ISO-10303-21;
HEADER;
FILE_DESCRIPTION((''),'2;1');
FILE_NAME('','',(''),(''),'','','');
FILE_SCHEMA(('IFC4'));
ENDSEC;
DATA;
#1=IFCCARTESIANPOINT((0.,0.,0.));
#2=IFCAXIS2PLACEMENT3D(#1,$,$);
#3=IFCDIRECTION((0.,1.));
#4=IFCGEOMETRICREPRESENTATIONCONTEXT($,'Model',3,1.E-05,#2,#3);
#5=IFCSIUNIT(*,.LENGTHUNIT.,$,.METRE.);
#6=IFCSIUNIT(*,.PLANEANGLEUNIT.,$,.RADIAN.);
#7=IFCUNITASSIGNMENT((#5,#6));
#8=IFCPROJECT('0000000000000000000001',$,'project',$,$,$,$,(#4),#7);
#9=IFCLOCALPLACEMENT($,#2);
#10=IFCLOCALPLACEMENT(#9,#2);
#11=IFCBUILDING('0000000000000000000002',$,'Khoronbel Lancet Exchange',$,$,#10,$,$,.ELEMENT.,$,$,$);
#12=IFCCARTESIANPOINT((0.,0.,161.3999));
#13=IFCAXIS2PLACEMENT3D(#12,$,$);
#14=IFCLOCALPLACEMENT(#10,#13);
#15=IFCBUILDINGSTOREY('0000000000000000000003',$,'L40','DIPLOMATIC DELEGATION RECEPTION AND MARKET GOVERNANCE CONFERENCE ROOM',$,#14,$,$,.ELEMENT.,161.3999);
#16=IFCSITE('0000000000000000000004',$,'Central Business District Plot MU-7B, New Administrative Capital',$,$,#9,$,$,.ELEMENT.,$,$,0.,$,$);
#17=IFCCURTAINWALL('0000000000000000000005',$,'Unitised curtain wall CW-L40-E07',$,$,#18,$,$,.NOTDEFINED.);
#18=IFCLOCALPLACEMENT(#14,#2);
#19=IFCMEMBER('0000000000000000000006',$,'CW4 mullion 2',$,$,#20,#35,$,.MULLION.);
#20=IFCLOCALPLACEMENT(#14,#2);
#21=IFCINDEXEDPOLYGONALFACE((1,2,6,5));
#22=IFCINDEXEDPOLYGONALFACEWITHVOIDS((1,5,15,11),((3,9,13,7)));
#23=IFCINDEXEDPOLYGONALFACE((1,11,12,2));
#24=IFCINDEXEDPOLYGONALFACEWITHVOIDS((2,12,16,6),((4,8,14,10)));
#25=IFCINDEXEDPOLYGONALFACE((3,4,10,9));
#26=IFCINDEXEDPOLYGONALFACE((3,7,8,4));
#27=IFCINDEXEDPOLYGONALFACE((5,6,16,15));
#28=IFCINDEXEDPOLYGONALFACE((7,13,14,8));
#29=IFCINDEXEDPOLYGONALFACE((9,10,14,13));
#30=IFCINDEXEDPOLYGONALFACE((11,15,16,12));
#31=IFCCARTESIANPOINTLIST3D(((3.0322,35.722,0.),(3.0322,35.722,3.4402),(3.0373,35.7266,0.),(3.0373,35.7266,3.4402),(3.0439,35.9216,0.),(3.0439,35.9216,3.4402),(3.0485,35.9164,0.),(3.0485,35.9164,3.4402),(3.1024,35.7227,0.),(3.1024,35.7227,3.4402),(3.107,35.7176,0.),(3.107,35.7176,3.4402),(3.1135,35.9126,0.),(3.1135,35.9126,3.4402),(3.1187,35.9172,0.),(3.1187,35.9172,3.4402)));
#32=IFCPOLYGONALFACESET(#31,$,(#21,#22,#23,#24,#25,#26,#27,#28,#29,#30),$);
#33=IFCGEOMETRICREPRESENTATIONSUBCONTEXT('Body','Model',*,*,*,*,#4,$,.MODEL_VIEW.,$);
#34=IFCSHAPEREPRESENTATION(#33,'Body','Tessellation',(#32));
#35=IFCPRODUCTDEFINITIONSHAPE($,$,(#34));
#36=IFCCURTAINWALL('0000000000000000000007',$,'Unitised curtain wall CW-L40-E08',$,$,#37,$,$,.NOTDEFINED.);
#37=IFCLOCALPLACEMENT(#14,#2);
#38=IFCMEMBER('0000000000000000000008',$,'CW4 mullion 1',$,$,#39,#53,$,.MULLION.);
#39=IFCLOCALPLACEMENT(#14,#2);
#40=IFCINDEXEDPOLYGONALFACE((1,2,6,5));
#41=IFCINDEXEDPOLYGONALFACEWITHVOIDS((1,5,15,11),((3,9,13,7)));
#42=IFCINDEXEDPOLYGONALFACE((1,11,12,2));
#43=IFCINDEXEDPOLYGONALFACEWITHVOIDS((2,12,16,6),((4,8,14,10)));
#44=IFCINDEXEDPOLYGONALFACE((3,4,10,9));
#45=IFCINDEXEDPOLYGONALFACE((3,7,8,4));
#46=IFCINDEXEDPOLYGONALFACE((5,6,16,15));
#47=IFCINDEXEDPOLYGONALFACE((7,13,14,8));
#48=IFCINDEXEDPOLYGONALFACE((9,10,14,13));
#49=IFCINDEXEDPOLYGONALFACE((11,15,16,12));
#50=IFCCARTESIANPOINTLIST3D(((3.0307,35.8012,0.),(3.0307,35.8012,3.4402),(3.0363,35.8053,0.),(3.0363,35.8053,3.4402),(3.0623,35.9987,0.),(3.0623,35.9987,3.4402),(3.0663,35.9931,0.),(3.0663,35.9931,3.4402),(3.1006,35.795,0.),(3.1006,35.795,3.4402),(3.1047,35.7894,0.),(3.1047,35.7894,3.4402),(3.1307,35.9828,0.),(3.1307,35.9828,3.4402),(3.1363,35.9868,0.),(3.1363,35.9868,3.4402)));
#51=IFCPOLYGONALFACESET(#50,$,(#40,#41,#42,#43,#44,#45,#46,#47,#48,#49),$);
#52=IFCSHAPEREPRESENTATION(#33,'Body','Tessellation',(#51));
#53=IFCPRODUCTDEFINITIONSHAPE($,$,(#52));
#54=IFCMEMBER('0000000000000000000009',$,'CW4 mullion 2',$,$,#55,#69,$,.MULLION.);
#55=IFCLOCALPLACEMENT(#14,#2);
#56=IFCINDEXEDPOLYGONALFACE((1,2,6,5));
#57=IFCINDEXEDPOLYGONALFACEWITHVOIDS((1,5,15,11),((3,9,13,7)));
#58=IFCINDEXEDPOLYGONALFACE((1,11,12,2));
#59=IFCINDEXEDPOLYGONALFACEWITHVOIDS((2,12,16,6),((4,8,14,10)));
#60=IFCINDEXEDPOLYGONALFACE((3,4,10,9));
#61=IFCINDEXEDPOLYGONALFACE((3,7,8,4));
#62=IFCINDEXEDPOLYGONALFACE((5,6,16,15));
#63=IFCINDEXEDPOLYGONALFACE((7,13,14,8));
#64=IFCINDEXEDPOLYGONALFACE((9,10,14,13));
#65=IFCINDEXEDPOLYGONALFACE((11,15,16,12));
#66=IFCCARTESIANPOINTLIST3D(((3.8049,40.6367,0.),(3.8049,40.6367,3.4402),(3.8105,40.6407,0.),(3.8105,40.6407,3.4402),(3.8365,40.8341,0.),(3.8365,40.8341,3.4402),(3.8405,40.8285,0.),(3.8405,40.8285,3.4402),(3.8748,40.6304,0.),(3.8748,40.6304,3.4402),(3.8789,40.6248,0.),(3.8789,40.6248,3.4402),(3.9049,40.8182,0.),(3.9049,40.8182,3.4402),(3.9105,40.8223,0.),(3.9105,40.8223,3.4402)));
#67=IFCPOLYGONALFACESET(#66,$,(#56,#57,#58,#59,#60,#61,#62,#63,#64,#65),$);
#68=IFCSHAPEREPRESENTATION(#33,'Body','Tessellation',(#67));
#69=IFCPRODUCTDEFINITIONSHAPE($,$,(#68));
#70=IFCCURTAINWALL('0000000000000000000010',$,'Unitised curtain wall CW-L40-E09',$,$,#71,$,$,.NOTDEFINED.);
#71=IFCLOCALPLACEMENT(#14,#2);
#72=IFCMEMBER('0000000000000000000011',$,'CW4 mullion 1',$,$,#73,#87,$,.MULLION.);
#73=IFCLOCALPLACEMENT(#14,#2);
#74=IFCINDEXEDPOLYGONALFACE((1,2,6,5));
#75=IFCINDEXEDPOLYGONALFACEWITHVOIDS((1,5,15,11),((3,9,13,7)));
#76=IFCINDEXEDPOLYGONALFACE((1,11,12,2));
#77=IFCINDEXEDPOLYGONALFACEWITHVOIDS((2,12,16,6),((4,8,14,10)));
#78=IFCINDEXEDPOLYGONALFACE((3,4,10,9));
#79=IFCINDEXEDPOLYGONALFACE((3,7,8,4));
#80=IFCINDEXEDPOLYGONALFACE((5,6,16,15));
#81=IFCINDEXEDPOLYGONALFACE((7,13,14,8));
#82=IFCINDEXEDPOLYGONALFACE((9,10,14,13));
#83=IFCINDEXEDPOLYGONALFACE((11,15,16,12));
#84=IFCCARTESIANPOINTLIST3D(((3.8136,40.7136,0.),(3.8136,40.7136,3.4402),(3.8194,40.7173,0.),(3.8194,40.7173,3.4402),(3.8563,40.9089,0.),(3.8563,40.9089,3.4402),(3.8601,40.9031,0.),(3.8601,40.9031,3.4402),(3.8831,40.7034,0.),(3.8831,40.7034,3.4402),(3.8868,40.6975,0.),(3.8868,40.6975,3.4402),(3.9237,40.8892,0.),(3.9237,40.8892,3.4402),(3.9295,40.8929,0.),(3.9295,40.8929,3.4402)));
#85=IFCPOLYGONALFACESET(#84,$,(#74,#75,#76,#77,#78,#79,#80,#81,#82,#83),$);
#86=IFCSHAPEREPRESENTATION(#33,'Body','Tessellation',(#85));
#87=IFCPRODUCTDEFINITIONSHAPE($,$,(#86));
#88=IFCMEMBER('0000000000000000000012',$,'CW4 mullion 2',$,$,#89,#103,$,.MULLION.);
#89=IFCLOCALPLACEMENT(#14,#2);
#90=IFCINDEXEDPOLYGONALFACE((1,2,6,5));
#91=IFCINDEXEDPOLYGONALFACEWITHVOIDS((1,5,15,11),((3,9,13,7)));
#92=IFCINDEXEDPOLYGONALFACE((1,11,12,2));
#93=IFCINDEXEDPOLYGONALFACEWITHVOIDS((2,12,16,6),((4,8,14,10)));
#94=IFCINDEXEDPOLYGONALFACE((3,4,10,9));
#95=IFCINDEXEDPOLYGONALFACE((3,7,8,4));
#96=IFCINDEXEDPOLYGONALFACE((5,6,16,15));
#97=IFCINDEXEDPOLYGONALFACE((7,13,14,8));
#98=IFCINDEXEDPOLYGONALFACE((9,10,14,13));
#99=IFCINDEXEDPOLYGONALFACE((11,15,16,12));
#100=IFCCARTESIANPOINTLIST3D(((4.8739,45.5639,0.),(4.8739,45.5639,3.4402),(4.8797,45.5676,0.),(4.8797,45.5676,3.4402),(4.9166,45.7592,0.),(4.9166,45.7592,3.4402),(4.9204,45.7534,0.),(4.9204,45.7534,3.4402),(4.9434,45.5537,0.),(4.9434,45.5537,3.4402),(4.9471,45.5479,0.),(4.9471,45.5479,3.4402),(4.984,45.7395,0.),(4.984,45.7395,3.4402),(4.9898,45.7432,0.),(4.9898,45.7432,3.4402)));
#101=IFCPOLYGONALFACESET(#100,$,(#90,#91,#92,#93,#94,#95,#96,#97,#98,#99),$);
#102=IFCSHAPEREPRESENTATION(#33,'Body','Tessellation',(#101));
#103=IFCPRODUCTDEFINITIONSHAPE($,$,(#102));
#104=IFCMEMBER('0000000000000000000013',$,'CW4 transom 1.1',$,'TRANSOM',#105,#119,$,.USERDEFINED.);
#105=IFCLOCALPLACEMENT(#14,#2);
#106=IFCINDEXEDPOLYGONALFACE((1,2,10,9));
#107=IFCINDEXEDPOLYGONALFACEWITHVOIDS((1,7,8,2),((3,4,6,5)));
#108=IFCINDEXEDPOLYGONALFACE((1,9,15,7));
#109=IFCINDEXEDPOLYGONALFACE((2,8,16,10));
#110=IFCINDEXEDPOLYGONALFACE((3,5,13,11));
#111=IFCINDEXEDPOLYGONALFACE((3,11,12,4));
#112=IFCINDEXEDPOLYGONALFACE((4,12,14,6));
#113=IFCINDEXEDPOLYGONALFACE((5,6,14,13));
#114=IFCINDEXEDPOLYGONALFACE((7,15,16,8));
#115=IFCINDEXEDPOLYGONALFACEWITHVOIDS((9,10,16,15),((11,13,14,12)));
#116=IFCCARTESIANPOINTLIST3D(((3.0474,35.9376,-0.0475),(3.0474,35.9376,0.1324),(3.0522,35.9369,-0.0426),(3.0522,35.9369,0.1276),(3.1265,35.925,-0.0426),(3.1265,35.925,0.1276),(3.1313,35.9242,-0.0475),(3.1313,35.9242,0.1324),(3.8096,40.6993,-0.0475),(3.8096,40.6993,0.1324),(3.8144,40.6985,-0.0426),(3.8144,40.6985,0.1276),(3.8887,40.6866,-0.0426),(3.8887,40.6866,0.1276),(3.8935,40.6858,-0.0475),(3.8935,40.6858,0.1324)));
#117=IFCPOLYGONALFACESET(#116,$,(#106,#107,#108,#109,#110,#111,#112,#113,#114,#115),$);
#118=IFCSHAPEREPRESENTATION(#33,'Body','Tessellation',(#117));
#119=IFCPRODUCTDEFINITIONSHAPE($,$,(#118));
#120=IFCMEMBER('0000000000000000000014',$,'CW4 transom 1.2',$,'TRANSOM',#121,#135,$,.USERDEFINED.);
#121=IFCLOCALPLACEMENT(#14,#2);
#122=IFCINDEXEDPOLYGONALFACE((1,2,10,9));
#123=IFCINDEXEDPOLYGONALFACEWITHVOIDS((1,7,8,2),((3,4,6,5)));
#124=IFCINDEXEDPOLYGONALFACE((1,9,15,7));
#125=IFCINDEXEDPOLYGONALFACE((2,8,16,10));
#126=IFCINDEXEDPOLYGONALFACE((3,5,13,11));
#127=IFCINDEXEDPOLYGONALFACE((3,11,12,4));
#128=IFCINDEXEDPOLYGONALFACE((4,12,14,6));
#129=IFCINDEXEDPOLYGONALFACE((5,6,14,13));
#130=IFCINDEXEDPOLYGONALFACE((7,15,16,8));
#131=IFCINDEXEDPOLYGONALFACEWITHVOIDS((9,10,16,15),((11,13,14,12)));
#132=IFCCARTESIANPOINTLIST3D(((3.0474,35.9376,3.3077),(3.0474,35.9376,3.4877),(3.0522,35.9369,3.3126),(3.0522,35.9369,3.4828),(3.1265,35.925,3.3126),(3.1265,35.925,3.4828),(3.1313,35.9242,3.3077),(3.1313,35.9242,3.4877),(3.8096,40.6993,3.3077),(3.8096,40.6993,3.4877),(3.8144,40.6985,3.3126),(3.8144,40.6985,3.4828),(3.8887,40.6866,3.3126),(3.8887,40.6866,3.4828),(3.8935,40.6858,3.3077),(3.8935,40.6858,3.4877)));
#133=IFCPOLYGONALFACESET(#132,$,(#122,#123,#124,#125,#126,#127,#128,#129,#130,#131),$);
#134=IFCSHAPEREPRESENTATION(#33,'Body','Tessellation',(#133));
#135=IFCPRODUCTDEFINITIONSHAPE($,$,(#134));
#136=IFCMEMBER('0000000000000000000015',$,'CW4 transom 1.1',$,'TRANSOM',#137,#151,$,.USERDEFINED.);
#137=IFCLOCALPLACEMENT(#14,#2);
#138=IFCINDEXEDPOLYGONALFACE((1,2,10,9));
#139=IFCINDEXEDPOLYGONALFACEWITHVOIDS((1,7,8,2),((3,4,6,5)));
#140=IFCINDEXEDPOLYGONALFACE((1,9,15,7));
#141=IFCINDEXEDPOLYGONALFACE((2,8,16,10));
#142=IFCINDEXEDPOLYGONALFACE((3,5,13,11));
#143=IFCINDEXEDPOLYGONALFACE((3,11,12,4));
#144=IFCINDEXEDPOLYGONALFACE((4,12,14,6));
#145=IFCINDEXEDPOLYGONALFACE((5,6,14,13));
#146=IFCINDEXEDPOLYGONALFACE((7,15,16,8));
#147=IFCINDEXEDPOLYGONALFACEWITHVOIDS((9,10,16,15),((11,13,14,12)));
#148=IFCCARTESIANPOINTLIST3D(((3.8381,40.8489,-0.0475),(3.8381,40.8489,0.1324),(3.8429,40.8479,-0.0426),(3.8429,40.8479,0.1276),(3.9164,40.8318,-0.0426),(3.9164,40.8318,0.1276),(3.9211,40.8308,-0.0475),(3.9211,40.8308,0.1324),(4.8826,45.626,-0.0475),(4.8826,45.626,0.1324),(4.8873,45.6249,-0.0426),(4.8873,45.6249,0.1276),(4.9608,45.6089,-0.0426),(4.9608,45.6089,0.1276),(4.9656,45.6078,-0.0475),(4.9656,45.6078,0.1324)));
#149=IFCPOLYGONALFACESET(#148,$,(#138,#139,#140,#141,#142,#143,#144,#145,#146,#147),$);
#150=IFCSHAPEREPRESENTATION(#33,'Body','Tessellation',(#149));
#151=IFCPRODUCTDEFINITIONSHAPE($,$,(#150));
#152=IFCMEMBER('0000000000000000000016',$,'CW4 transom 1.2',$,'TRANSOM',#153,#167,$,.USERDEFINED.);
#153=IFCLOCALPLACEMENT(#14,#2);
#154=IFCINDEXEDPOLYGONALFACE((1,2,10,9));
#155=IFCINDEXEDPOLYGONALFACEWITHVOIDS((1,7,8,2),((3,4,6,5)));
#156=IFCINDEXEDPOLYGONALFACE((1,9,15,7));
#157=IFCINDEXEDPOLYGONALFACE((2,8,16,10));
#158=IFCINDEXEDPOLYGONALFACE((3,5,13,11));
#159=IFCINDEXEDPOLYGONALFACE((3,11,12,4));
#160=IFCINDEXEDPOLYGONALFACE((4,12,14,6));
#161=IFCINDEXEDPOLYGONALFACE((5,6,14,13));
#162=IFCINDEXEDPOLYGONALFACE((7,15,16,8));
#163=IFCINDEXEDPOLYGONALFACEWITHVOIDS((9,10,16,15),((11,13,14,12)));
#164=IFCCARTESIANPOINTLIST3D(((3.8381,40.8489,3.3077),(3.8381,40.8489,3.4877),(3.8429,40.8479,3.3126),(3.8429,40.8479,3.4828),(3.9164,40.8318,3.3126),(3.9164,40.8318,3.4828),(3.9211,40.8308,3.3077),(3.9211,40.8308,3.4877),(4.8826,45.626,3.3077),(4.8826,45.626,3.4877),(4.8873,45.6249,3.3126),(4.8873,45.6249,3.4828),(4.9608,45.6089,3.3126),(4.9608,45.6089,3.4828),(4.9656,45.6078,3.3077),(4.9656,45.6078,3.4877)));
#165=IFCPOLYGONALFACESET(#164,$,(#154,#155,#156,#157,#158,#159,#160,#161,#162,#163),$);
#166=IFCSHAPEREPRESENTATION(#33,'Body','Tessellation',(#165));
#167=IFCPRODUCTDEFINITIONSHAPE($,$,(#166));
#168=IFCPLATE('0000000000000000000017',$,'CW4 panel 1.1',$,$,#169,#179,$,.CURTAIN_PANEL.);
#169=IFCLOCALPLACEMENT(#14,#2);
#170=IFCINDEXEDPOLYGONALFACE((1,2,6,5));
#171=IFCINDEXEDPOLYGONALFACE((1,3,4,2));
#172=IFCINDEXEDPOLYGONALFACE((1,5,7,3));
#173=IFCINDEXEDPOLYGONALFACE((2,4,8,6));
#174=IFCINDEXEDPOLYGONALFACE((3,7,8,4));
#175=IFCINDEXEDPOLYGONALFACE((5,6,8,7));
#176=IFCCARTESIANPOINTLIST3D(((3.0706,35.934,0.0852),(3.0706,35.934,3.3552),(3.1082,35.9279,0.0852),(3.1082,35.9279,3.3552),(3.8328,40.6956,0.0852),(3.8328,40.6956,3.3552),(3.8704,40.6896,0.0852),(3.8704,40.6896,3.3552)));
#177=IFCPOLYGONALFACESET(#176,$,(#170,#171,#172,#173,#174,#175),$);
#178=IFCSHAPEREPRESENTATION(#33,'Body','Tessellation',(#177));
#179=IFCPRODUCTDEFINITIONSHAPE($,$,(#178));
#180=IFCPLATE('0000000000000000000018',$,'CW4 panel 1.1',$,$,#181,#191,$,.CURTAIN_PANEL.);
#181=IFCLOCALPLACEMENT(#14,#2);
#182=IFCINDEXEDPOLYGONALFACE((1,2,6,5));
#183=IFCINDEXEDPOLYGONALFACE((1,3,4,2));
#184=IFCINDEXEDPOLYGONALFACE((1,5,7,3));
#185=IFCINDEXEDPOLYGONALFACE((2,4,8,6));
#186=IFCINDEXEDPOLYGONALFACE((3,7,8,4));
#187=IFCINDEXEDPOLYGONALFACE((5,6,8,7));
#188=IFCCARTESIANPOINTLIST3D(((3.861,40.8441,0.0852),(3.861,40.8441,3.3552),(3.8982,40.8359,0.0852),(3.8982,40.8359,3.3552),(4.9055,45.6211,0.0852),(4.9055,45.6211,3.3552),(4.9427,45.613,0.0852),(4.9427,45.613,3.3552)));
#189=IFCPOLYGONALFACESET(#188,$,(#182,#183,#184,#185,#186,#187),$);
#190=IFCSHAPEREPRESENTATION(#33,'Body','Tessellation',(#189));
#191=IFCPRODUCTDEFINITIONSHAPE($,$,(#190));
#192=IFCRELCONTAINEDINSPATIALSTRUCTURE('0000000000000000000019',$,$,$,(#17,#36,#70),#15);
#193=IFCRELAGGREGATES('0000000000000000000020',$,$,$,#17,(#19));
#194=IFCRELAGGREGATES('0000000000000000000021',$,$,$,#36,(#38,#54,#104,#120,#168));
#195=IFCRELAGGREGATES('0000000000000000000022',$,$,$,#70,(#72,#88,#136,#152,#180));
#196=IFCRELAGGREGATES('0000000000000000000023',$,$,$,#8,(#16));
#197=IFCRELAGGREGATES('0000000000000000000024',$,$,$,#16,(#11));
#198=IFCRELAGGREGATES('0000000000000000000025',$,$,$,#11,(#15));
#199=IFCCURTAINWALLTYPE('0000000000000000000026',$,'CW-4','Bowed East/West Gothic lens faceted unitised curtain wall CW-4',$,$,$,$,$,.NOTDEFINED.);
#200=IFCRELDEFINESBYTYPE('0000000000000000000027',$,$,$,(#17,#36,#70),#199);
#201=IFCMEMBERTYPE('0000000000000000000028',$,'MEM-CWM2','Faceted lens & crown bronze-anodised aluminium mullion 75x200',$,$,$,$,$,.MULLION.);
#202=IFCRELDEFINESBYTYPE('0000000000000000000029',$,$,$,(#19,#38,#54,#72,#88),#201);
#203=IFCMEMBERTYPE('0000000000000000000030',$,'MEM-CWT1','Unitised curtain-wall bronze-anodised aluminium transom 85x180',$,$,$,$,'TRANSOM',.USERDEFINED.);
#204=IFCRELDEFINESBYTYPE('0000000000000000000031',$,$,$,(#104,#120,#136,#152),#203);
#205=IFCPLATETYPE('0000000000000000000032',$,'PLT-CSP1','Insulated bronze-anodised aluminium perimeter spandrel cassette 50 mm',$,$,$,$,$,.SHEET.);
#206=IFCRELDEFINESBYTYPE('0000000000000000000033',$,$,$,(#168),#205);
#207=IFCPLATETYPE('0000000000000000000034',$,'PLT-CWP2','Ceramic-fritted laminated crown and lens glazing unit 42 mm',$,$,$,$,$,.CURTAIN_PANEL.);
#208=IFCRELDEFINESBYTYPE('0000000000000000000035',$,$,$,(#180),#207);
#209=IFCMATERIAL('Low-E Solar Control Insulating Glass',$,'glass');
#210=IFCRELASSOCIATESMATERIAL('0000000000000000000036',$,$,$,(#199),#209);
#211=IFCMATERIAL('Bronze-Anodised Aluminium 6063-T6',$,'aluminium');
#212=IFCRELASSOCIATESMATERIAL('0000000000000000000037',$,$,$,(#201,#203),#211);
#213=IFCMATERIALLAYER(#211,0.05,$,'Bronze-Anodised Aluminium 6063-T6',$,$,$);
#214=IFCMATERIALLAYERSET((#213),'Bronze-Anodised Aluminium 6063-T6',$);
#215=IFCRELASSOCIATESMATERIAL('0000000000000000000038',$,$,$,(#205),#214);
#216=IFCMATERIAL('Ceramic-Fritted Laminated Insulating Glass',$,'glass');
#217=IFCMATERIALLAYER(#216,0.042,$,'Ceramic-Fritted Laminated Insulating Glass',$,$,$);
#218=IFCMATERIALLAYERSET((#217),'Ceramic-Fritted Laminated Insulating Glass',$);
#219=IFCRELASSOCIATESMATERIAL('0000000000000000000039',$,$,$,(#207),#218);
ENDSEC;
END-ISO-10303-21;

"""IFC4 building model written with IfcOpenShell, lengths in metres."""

from ifc_helpers import new_model, si_unit, direction, frame, origin, origin_2d, place, context, subcontext, project, spatial, rectangle, hollow_rectangle, extrude, material, layer, layer_set, material_profile, profile_set, type_object, element, aggregate, save


model = new_model("IFC4")

# Units and contexts
model_context = context("Model", 3, precision=1e-05, world=origin(), true_north=direction((0.0, 1.0)))
body_context = subcontext(model_context, "Body", "Model", "MODEL_VIEW")
ifc_project = project(units=[si_unit("LENGTHUNIT", "METRE"), si_unit("PLANEANGLEUNIT", "RADIAN")], contexts=[model_context])

# Site, building, storey
site_placement = place(None, origin())
site = spatial("IfcSite", under=ifc_project, at=site_placement, Name="Central Business District Plot MU-7B, New Administrative Capital", CompositionType="ELEMENT", RefElevation=0.0)
building_placement = place(site_placement, origin())
building = spatial("IfcBuilding", under=site, at=building_placement, Name="Khoronbel Lancet Exchange", CompositionType="ELEMENT")
storey_placement = place(building_placement, frame((0.0, 0.0, 161.3999)))
storey = spatial("IfcBuildingStorey", under=building, at=storey_placement, Name="L40", Description="DIPLOMATIC DELEGATION RECEPTION AND MARKET GOVERNANCE CONFERENCE ROOM", CompositionType="ELEMENT", Elevation=161.3999)

# Curtain wall, member
ifc_material_1 = material(Name="Low-E Solar Control Insulating Glass", Category="glass")
curtain_wall_type = type_object("IfcCurtainWallType", Name="CW-4", Description="Bowed East/West Gothic lens faceted unitised curtain wall CW-4", PredefinedType="NOTDEFINED", material=ifc_material_1)
curtain_wall_1_placement = place(storey_placement, origin())
curtain_wall_1 = element("IfcCurtainWall", 1, at=curtain_wall_1_placement, inside=storey, type_object=curtain_wall_type, Name="Unitised curtain wall CW-L40-E07", PredefinedType="NOTDEFINED")
ifc_material_2 = material(Name="Bronze-Anodised Aluminium 6063-T6", Category="aluminium")
ifc_material_profile_1 = material_profile(ifc_material_2, hollow_rectangle(XDim=0.075, YDim=0.2, WallThickness=0.0049, at=origin_2d()), Name="ALU MULLION 75x200")
ifc_profile_set_1 = profile_set([ifc_material_profile_1], Name="Bronze-Anodised Aluminium 6063-T6")
member_type_1 = type_object("IfcMemberType", Name="MEM-CWM2", Description="Faceted lens & crown bronze-anodised aluminium mullion 75x200", PredefinedType="MULLION", material=ifc_profile_set_1)
member_1_placement = place(storey_placement, frame((3.0754, 35.8196, 0.0), z_axis=(0.0, 0.0, 1.0), x_axis=(-0.998289, 0.05847, 0.0)))
member_1 = element("IfcMember", 2, at=member_1_placement, type_object=member_type_1, Name="CW4 mullion 2", PredefinedType="MULLION", context=body_context, shape_type="SweptSolid", body=[
    extrude(hollow_rectangle(XDim=0.075, YDim=0.2, WallThickness=0.0049, at=origin_2d()), origin(), (0.0, 0.0, 1.0), 3.4402),
])
aggregate(curtain_wall_1, [member_1])

# Curtain walls, members
curtain_wall_2_placement = place(storey_placement, origin())
curtain_wall_2 = element("IfcCurtainWall", 3, at=curtain_wall_2_placement, inside=storey, type_object=curtain_wall_type, Name="Unitised curtain wall CW-L40-E08", PredefinedType="NOTDEFINED")
member_2_placement = place(storey_placement, frame((3.0835, 35.894, 0.0), z_axis=(0.0, 0.0, 1.0), x_axis=(-0.98743, 0.158059, 0.0)))
member_2 = element("IfcMember", 4, at=member_2_placement, type_object=member_type_1, Name="CW4 mullion 1", PredefinedType="MULLION", context=body_context, shape_type="SweptSolid", body=[
    extrude(hollow_rectangle(XDim=0.075, YDim=0.2, WallThickness=0.0049, at=origin_2d()), origin(), (0.0, 0.0, 1.0), 3.4402),
])
member_3_placement = place(storey_placement, frame((3.8577, 40.7295, 0.0), z_axis=(0.0, 0.0, 1.0), x_axis=(-0.98743, 0.158059, 0.0)))
member_3 = element("IfcMember", 5, at=member_3_placement, type_object=member_type_1, Name="CW4 mullion 2", PredefinedType="MULLION", context=body_context, shape_type="SweptSolid", body=[
    extrude(hollow_rectangle(XDim=0.075, YDim=0.2, WallThickness=0.0049, at=origin_2d()), origin(), (0.0, 0.0, 1.0), 3.4402),
])
curtain_wall_3_placement = place(storey_placement, origin())
curtain_wall_3 = element("IfcCurtainWall", 6, at=curtain_wall_3_placement, inside=storey, type_object=curtain_wall_type, Name="Unitised curtain wall CW-L40-E09", PredefinedType="NOTDEFINED")
member_4_placement = place(storey_placement, frame((3.8716, 40.8032, 0.0), z_axis=(0.0, 0.0, 1.0), x_axis=(-0.976923, 0.213591, 0.0)))
member_4 = element("IfcMember", 7, at=member_4_placement, type_object=member_type_1, Name="CW4 mullion 1", PredefinedType="MULLION", context=body_context, shape_type="SweptSolid", body=[
    extrude(hollow_rectangle(XDim=0.075, YDim=0.2, WallThickness=0.0049, at=origin_2d()), origin(), (0.0, 0.0, 1.0), 3.4402),
])
member_5_placement = place(storey_placement, frame((4.9319, 45.6536, 0.0), z_axis=(0.0, 0.0, 1.0), x_axis=(-0.976923, 0.213591, 0.0)))
member_5 = element("IfcMember", 8, at=member_5_placement, type_object=member_type_1, Name="CW4 mullion 2", PredefinedType="MULLION", context=body_context, shape_type="SweptSolid", body=[
    extrude(hollow_rectangle(XDim=0.075, YDim=0.2, WallThickness=0.0049, at=origin_2d()), origin(), (0.0, 0.0, 1.0), 3.4402),
])

# Members
ifc_material_profile_2 = material_profile(ifc_material_2, hollow_rectangle(XDim=0.085, YDim=0.1799, WallThickness=0.0049, at=origin_2d()), Name="ALU TRANSOM 85x180")
ifc_profile_set_2 = profile_set([ifc_material_profile_2], Name="Bronze-Anodised Aluminium 6063-T6")
member_type_2 = type_object("IfcMemberType", Name="MEM-CWT1", Description="Unitised curtain-wall bronze-anodised aluminium transom 85x180", ElementType="TRANSOM", PredefinedType="USERDEFINED", material=ifc_profile_set_2)
member_6_placement = place(storey_placement, frame((3.0894, 35.9309, 0.0425), z_axis=(0.158058, 0.98743, 0.0), x_axis=(-0.98743, 0.158058, 0.0)))
member_6 = element("IfcMember", 9, at=member_6_placement, type_object=member_type_2, Name="CW4 transom 1.1", ObjectType="TRANSOM", PredefinedType="USERDEFINED", context=body_context, shape_type="SweptSolid", body=[
    extrude(hollow_rectangle(XDim=0.085, YDim=0.1799, WallThickness=0.0049, at=origin_2d()), origin(), (0.0, 0.0, 1.0), 4.8223),
])
member_7_placement = place(storey_placement, frame((3.0894, 35.9309, 3.3977), z_axis=(0.158058, 0.98743, 0.0), x_axis=(-0.98743, 0.158058, 0.0)))
member_7 = element("IfcMember", 10, at=member_7_placement, type_object=member_type_2, Name="CW4 transom 1.2", ObjectType="TRANSOM", PredefinedType="USERDEFINED", context=body_context, shape_type="SweptSolid", body=[
    extrude(hollow_rectangle(XDim=0.085, YDim=0.1799, WallThickness=0.0049, at=origin_2d()), origin(), (0.0, 0.0, 1.0), 4.8223),
])
member_8_placement = place(storey_placement, frame((3.8796, 40.8398, 0.0425), z_axis=(0.213588, 0.976924, 0.0), x_axis=(-0.976924, 0.213588, 0.0)))
member_8 = element("IfcMember", 11, at=member_8_placement, type_object=member_type_2, Name="CW4 transom 1.1", ObjectType="TRANSOM", PredefinedType="USERDEFINED", context=body_context, shape_type="SweptSolid", body=[
    extrude(hollow_rectangle(XDim=0.085, YDim=0.1799, WallThickness=0.0049, at=origin_2d()), origin(), (0.0, 0.0, 1.0), 4.8899),
])
member_9_placement = place(storey_placement, frame((3.8796, 40.8398, 3.3977), z_axis=(0.213588, 0.976924, 0.0), x_axis=(-0.976924, 0.213588, 0.0)))
member_9 = element("IfcMember", 12, at=member_9_placement, type_object=member_type_2, Name="CW4 transom 1.2", ObjectType="TRANSOM", PredefinedType="USERDEFINED", context=body_context, shape_type="SweptSolid", body=[
    extrude(hollow_rectangle(XDim=0.085, YDim=0.1799, WallThickness=0.0049, at=origin_2d()), origin(), (0.0, 0.0, 1.0), 4.8899),
])

# Plates
ifc_layer_1 = layer(ifc_material_2, 0.05, Name="Bronze-Anodised Aluminium 6063-T6")
ifc_layer_set_1 = layer_set([ifc_layer_1], Name="Bronze-Anodised Aluminium 6063-T6")
plate_type_1 = type_object("IfcPlateType", Name="PLT-CSP1", Description="Insulated bronze-anodised aluminium perimeter spandrel cassette 50 mm", PredefinedType="SHEET", material=ifc_layer_set_1)
plate_1_placement = place(storey_placement, frame((3.4705, 38.3118, 0.0852), z_axis=(0.0, 0.0, 1.0), x_axis=(0.158059, 0.98743, 0.0)))
plate_1 = element("IfcPlate", 13, at=plate_1_placement, type_object=plate_type_1, Name="CW4 panel 1.1", PredefinedType="CURTAIN_PANEL", context=body_context, shape_type="SweptSolid", body=[
    extrude(rectangle(XDim=4.8223, YDim=0.0381, at=origin_2d()), origin(), (0.0, 0.0, 1.0), 3.27),
])
aggregate(curtain_wall_2, [member_2, member_3, member_6, member_7, plate_1])
ifc_material_3 = material(Name="Ceramic-Fritted Laminated Insulating Glass", Category="glass")
ifc_layer_2 = layer(ifc_material_3, 0.042, Name="Ceramic-Fritted Laminated Insulating Glass")
ifc_layer_set_2 = layer_set([ifc_layer_2], Name="Ceramic-Fritted Laminated Insulating Glass")
plate_type_2 = type_object("IfcPlateType", Name="PLT-CWP2", Description="Ceramic-fritted laminated crown and lens glazing unit 42 mm", PredefinedType="CURTAIN_PANEL", material=ifc_layer_set_2)
plate_2_placement = place(storey_placement, frame((4.4019, 43.2285, 0.0852), z_axis=(0.0, 0.0, 1.0), x_axis=(0.213591, 0.976923, 0.0)))
plate_2 = element("IfcPlate", 14, at=plate_2_placement, type_object=plate_type_2, Name="CW4 panel 1.1", PredefinedType="CURTAIN_PANEL", context=body_context, shape_type="SweptSolid", body=[
    extrude(rectangle(XDim=4.8899, YDim=0.0381, at=origin_2d()), origin(), (0.0, 0.0, 1.0), 3.27),
])
aggregate(curtain_wall_3, [member_4, member_5, member_8, member_9, plate_2])

save(model, "model.ifc")
